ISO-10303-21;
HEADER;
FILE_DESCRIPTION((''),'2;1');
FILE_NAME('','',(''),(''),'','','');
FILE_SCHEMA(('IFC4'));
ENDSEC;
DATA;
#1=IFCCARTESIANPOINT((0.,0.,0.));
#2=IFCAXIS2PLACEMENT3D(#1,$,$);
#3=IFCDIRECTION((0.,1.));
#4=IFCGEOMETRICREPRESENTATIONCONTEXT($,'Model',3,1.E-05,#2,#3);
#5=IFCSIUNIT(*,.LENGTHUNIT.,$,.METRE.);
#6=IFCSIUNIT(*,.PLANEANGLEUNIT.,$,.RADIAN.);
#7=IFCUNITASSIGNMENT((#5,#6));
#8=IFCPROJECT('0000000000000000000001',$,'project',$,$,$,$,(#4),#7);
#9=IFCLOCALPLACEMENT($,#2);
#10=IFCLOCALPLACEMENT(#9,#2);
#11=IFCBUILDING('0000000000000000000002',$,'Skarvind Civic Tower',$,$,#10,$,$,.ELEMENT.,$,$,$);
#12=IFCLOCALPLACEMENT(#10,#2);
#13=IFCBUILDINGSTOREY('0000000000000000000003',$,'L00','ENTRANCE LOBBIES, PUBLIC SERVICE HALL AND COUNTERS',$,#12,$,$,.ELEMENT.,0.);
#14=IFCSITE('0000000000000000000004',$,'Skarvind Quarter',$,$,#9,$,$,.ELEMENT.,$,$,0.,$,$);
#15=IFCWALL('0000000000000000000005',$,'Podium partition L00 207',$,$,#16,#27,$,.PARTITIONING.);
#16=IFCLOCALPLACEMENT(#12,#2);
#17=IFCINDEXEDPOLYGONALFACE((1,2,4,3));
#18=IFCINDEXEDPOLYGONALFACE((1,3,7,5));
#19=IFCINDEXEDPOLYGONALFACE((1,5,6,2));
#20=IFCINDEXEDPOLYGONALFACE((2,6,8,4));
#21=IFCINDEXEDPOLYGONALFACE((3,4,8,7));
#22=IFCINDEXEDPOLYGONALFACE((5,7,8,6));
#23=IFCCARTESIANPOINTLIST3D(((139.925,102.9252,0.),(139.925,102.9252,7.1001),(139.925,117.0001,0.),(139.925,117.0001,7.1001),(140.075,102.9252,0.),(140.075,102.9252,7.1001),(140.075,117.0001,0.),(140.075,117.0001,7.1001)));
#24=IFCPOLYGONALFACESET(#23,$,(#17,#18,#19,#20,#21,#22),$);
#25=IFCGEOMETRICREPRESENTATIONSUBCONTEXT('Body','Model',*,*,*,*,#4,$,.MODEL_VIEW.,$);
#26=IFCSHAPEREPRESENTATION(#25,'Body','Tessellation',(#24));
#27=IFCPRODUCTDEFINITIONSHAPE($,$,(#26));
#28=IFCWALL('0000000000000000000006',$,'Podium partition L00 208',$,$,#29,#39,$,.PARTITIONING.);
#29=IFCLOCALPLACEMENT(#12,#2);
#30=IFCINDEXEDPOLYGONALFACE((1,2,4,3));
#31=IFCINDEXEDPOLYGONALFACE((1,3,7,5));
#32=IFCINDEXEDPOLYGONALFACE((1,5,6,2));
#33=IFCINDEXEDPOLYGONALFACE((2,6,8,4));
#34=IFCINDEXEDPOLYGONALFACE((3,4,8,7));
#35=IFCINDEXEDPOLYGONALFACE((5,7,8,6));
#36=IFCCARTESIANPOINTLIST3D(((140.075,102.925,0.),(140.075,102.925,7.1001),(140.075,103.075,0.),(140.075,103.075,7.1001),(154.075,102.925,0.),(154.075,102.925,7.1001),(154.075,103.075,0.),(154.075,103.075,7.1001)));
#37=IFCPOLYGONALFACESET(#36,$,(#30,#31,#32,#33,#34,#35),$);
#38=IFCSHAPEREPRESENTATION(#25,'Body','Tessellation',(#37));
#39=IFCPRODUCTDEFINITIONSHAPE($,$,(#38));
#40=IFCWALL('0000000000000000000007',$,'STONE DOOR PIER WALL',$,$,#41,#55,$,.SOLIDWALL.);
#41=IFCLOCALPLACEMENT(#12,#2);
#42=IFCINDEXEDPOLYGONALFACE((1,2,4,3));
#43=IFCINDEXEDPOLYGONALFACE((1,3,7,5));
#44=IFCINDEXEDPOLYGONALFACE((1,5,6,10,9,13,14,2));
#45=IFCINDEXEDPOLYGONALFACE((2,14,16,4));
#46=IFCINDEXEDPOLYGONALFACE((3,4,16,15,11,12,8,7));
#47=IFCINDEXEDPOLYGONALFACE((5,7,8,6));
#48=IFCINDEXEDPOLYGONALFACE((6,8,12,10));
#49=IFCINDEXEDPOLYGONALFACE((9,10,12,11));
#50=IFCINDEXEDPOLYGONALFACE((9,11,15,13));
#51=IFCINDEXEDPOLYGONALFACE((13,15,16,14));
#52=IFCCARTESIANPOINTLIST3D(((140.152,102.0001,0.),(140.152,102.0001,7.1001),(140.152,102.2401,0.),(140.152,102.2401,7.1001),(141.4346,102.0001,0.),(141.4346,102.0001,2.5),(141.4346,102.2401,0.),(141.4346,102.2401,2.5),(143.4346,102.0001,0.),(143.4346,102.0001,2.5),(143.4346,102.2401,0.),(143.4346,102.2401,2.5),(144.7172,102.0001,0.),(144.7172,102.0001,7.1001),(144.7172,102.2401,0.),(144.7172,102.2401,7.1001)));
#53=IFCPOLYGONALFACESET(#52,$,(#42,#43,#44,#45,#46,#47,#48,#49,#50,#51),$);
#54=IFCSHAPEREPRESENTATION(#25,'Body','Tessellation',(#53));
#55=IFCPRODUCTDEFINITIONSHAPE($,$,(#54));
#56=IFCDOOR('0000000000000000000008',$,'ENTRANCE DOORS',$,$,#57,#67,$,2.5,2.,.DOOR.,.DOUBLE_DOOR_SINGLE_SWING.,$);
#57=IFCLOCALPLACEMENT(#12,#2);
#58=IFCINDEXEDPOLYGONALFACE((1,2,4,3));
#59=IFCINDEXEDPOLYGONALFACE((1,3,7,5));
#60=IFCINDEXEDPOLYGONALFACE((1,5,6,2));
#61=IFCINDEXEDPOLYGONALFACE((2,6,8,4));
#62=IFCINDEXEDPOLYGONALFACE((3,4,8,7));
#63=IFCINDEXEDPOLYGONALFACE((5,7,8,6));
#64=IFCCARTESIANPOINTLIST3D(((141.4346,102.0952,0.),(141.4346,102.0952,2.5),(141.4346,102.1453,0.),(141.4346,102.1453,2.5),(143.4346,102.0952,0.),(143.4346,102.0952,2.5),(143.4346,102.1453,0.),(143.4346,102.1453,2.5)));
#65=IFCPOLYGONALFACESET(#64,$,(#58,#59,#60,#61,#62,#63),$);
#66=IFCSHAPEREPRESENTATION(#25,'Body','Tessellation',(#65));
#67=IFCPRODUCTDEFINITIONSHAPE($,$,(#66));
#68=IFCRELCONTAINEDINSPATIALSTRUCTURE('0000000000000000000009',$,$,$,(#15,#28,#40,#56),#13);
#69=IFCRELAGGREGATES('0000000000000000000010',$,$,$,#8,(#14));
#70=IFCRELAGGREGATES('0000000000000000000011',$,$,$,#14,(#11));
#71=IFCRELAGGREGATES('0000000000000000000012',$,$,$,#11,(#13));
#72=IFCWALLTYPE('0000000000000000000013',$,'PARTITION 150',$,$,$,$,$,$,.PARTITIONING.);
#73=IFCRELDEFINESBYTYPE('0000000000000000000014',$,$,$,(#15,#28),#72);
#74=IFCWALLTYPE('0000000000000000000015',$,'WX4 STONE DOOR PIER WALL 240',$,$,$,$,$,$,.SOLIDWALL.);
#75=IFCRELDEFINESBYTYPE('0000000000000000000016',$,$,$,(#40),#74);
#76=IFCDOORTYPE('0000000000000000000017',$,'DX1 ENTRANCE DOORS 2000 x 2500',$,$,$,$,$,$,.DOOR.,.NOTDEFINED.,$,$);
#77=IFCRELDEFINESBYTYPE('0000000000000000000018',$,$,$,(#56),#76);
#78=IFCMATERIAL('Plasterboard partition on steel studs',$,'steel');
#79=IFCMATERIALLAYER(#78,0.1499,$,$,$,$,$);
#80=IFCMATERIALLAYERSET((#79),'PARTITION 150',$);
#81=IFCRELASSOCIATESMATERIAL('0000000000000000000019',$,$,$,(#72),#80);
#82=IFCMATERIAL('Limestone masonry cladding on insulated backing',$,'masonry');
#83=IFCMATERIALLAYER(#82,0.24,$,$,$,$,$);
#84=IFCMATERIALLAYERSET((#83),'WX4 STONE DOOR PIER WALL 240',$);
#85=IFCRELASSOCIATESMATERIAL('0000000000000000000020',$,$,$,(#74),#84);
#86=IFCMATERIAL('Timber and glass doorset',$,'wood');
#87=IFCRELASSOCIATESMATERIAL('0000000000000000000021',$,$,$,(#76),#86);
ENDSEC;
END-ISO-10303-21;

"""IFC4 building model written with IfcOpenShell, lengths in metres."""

from ifc_helpers import new_model, si_unit, direction, frame, frame_2d, origin, place, context, subcontext, project, spatial, rectangle, extrude, material, layer, layer_set, type_object, element, fill, save


model = new_model("IFC4")

# Units and contexts
model_context = context("Model", 3, precision=1e-05, world=origin(), true_north=direction((0.0, 1.0)))
body_context = subcontext(model_context, "Body", "Model", "MODEL_VIEW")
ifc_project = project(units=[si_unit("LENGTHUNIT", "METRE"), si_unit("PLANEANGLEUNIT", "RADIAN")], contexts=[model_context])

# Site, building, storey
site_placement = place(None, origin())
site = spatial("IfcSite", under=ifc_project, at=site_placement, Name="Skarvind Quarter", CompositionType="ELEMENT", RefElevation=0.0)
building_placement = place(site_placement, origin())
building = spatial("IfcBuilding", under=site, at=building_placement, Name="Skarvind Civic Tower", CompositionType="ELEMENT")
storey_placement = place(building_placement, origin())
storey = spatial("IfcBuildingStorey", under=building, at=storey_placement, Name="L00", Description="ENTRANCE LOBBIES, PUBLIC SERVICE HALL AND COUNTERS", CompositionType="ELEMENT", Elevation=0.0)

# Walls
ifc_material_1 = material(Name="Plasterboard partition on steel studs", Category="steel")
ifc_layer_1 = layer(ifc_material_1, 0.1499)
ifc_layer_set_1 = layer_set([ifc_layer_1], Name="PARTITION 150")
wall_type_1 = type_object("IfcWallType", Name="PARTITION 150", PredefinedType="PARTITIONING", material=ifc_layer_set_1)
wall_1_placement = place(storey_placement, frame((140.0, 102.925, 0.0), z_axis=(0.0, 0.0, 1.0), x_axis=(0.0, 1.0, 0.0)))
element("IfcWall", 1, at=wall_1_placement, inside=storey, type_object=wall_type_1, Name="Podium partition L00 207", PredefinedType="PARTITIONING", context=body_context, shape_type="SweptSolid", body=[
    extrude(rectangle(XDim=14.075, YDim=0.1499, at=frame_2d((7.0376, 0.0))), origin(), (0.0, 0.0, 1.0), 7.1001),
])
wall_2_placement = place(storey_placement, frame((140.075, 103.0, 0.0), z_axis=(0.0, 0.0, 1.0), x_axis=(1.0, 0.0, 0.0)))
element("IfcWall", 2, at=wall_2_placement, inside=storey, type_object=wall_type_1, Name="Podium partition L00 208", PredefinedType="PARTITIONING", context=body_context, shape_type="SweptSolid", body=[
    extrude(rectangle(XDim=14.0, YDim=0.1499, at=frame_2d((7.0, 0.0))), origin(), (0.0, 0.0, 1.0), 7.1001),
])

# Wall, opening, door
ifc_material_2 = material(Name="Limestone masonry cladding on insulated backing", Category="masonry")
ifc_layer_2 = layer(ifc_material_2, 0.24)
ifc_layer_set_2 = layer_set([ifc_layer_2], Name="WX4 STONE DOOR PIER WALL 240")
wall_type_2 = type_object("IfcWallType", Name="WX4 STONE DOOR PIER WALL 240", PredefinedType="SOLIDWALL", material=ifc_layer_set_2)
wall_3_placement = place(storey_placement, frame((144.7173, 102.1201, 0.0), z_axis=(0.0, 0.0, 1.0), x_axis=(-1.0, 0.0, 0.0)))
wall_3 = element("IfcWall", 3, at=wall_3_placement, inside=storey, type_object=wall_type_2, Name="STONE DOOR PIER WALL", PredefinedType="SOLIDWALL", context=body_context, shape_type="SweptSolid", body=[
    extrude(rectangle(XDim=4.5652, YDim=0.24, at=frame_2d((2.2827, 0.0))), origin(), (0.0, 0.0, 1.0), 7.1001),
])
opening_placement = place(wall_3_placement, frame((1.2827, 0.0, 0.0)))
opening = element("IfcOpeningElement", 4, at=opening_placement, cuts=wall_3, PredefinedType="OPENING", context=body_context, shape_type="SweptSolid", body=[
    extrude(rectangle(XDim=2.0, YDim=2.5, at=frame_2d((1.0, 1.25))), frame((0.0, 0.1299, 0.0), z_axis=(0.0, -1.0, 0.0), x_axis=(1.0, 0.0, 0.0)), (0.0, 0.0, 1.0), 0.26),
])
ifc_material_3 = material(Name="Timber and glass doorset", Category="wood")
door_type = type_object("IfcDoorType", Name="DX1 ENTRANCE DOORS 2000 x 2500", OperationType="NOTDEFINED", PredefinedType="DOOR", material=ifc_material_3)
door_placement = place(opening_placement, origin())
door = element("IfcDoor", 5, at=door_placement, inside=storey, type_object=door_type, Name="ENTRANCE DOORS", OperationType="DOUBLE_DOOR_SINGLE_SWING", OverallHeight=2.5, OverallWidth=2.0, PredefinedType="DOOR", context=body_context, shape_type="SweptSolid", body=[
    extrude(rectangle(XDim=2.0, YDim=2.5, at=frame_2d((1.0, 1.25))), frame((0.0, 0.0249, 0.0), z_axis=(0.0, -1.0, 0.0), x_axis=(1.0, 0.0, 0.0)), (0.0, 0.0, 1.0), 0.05),
])
fill(opening, door)

save(model, "model.ifc")
